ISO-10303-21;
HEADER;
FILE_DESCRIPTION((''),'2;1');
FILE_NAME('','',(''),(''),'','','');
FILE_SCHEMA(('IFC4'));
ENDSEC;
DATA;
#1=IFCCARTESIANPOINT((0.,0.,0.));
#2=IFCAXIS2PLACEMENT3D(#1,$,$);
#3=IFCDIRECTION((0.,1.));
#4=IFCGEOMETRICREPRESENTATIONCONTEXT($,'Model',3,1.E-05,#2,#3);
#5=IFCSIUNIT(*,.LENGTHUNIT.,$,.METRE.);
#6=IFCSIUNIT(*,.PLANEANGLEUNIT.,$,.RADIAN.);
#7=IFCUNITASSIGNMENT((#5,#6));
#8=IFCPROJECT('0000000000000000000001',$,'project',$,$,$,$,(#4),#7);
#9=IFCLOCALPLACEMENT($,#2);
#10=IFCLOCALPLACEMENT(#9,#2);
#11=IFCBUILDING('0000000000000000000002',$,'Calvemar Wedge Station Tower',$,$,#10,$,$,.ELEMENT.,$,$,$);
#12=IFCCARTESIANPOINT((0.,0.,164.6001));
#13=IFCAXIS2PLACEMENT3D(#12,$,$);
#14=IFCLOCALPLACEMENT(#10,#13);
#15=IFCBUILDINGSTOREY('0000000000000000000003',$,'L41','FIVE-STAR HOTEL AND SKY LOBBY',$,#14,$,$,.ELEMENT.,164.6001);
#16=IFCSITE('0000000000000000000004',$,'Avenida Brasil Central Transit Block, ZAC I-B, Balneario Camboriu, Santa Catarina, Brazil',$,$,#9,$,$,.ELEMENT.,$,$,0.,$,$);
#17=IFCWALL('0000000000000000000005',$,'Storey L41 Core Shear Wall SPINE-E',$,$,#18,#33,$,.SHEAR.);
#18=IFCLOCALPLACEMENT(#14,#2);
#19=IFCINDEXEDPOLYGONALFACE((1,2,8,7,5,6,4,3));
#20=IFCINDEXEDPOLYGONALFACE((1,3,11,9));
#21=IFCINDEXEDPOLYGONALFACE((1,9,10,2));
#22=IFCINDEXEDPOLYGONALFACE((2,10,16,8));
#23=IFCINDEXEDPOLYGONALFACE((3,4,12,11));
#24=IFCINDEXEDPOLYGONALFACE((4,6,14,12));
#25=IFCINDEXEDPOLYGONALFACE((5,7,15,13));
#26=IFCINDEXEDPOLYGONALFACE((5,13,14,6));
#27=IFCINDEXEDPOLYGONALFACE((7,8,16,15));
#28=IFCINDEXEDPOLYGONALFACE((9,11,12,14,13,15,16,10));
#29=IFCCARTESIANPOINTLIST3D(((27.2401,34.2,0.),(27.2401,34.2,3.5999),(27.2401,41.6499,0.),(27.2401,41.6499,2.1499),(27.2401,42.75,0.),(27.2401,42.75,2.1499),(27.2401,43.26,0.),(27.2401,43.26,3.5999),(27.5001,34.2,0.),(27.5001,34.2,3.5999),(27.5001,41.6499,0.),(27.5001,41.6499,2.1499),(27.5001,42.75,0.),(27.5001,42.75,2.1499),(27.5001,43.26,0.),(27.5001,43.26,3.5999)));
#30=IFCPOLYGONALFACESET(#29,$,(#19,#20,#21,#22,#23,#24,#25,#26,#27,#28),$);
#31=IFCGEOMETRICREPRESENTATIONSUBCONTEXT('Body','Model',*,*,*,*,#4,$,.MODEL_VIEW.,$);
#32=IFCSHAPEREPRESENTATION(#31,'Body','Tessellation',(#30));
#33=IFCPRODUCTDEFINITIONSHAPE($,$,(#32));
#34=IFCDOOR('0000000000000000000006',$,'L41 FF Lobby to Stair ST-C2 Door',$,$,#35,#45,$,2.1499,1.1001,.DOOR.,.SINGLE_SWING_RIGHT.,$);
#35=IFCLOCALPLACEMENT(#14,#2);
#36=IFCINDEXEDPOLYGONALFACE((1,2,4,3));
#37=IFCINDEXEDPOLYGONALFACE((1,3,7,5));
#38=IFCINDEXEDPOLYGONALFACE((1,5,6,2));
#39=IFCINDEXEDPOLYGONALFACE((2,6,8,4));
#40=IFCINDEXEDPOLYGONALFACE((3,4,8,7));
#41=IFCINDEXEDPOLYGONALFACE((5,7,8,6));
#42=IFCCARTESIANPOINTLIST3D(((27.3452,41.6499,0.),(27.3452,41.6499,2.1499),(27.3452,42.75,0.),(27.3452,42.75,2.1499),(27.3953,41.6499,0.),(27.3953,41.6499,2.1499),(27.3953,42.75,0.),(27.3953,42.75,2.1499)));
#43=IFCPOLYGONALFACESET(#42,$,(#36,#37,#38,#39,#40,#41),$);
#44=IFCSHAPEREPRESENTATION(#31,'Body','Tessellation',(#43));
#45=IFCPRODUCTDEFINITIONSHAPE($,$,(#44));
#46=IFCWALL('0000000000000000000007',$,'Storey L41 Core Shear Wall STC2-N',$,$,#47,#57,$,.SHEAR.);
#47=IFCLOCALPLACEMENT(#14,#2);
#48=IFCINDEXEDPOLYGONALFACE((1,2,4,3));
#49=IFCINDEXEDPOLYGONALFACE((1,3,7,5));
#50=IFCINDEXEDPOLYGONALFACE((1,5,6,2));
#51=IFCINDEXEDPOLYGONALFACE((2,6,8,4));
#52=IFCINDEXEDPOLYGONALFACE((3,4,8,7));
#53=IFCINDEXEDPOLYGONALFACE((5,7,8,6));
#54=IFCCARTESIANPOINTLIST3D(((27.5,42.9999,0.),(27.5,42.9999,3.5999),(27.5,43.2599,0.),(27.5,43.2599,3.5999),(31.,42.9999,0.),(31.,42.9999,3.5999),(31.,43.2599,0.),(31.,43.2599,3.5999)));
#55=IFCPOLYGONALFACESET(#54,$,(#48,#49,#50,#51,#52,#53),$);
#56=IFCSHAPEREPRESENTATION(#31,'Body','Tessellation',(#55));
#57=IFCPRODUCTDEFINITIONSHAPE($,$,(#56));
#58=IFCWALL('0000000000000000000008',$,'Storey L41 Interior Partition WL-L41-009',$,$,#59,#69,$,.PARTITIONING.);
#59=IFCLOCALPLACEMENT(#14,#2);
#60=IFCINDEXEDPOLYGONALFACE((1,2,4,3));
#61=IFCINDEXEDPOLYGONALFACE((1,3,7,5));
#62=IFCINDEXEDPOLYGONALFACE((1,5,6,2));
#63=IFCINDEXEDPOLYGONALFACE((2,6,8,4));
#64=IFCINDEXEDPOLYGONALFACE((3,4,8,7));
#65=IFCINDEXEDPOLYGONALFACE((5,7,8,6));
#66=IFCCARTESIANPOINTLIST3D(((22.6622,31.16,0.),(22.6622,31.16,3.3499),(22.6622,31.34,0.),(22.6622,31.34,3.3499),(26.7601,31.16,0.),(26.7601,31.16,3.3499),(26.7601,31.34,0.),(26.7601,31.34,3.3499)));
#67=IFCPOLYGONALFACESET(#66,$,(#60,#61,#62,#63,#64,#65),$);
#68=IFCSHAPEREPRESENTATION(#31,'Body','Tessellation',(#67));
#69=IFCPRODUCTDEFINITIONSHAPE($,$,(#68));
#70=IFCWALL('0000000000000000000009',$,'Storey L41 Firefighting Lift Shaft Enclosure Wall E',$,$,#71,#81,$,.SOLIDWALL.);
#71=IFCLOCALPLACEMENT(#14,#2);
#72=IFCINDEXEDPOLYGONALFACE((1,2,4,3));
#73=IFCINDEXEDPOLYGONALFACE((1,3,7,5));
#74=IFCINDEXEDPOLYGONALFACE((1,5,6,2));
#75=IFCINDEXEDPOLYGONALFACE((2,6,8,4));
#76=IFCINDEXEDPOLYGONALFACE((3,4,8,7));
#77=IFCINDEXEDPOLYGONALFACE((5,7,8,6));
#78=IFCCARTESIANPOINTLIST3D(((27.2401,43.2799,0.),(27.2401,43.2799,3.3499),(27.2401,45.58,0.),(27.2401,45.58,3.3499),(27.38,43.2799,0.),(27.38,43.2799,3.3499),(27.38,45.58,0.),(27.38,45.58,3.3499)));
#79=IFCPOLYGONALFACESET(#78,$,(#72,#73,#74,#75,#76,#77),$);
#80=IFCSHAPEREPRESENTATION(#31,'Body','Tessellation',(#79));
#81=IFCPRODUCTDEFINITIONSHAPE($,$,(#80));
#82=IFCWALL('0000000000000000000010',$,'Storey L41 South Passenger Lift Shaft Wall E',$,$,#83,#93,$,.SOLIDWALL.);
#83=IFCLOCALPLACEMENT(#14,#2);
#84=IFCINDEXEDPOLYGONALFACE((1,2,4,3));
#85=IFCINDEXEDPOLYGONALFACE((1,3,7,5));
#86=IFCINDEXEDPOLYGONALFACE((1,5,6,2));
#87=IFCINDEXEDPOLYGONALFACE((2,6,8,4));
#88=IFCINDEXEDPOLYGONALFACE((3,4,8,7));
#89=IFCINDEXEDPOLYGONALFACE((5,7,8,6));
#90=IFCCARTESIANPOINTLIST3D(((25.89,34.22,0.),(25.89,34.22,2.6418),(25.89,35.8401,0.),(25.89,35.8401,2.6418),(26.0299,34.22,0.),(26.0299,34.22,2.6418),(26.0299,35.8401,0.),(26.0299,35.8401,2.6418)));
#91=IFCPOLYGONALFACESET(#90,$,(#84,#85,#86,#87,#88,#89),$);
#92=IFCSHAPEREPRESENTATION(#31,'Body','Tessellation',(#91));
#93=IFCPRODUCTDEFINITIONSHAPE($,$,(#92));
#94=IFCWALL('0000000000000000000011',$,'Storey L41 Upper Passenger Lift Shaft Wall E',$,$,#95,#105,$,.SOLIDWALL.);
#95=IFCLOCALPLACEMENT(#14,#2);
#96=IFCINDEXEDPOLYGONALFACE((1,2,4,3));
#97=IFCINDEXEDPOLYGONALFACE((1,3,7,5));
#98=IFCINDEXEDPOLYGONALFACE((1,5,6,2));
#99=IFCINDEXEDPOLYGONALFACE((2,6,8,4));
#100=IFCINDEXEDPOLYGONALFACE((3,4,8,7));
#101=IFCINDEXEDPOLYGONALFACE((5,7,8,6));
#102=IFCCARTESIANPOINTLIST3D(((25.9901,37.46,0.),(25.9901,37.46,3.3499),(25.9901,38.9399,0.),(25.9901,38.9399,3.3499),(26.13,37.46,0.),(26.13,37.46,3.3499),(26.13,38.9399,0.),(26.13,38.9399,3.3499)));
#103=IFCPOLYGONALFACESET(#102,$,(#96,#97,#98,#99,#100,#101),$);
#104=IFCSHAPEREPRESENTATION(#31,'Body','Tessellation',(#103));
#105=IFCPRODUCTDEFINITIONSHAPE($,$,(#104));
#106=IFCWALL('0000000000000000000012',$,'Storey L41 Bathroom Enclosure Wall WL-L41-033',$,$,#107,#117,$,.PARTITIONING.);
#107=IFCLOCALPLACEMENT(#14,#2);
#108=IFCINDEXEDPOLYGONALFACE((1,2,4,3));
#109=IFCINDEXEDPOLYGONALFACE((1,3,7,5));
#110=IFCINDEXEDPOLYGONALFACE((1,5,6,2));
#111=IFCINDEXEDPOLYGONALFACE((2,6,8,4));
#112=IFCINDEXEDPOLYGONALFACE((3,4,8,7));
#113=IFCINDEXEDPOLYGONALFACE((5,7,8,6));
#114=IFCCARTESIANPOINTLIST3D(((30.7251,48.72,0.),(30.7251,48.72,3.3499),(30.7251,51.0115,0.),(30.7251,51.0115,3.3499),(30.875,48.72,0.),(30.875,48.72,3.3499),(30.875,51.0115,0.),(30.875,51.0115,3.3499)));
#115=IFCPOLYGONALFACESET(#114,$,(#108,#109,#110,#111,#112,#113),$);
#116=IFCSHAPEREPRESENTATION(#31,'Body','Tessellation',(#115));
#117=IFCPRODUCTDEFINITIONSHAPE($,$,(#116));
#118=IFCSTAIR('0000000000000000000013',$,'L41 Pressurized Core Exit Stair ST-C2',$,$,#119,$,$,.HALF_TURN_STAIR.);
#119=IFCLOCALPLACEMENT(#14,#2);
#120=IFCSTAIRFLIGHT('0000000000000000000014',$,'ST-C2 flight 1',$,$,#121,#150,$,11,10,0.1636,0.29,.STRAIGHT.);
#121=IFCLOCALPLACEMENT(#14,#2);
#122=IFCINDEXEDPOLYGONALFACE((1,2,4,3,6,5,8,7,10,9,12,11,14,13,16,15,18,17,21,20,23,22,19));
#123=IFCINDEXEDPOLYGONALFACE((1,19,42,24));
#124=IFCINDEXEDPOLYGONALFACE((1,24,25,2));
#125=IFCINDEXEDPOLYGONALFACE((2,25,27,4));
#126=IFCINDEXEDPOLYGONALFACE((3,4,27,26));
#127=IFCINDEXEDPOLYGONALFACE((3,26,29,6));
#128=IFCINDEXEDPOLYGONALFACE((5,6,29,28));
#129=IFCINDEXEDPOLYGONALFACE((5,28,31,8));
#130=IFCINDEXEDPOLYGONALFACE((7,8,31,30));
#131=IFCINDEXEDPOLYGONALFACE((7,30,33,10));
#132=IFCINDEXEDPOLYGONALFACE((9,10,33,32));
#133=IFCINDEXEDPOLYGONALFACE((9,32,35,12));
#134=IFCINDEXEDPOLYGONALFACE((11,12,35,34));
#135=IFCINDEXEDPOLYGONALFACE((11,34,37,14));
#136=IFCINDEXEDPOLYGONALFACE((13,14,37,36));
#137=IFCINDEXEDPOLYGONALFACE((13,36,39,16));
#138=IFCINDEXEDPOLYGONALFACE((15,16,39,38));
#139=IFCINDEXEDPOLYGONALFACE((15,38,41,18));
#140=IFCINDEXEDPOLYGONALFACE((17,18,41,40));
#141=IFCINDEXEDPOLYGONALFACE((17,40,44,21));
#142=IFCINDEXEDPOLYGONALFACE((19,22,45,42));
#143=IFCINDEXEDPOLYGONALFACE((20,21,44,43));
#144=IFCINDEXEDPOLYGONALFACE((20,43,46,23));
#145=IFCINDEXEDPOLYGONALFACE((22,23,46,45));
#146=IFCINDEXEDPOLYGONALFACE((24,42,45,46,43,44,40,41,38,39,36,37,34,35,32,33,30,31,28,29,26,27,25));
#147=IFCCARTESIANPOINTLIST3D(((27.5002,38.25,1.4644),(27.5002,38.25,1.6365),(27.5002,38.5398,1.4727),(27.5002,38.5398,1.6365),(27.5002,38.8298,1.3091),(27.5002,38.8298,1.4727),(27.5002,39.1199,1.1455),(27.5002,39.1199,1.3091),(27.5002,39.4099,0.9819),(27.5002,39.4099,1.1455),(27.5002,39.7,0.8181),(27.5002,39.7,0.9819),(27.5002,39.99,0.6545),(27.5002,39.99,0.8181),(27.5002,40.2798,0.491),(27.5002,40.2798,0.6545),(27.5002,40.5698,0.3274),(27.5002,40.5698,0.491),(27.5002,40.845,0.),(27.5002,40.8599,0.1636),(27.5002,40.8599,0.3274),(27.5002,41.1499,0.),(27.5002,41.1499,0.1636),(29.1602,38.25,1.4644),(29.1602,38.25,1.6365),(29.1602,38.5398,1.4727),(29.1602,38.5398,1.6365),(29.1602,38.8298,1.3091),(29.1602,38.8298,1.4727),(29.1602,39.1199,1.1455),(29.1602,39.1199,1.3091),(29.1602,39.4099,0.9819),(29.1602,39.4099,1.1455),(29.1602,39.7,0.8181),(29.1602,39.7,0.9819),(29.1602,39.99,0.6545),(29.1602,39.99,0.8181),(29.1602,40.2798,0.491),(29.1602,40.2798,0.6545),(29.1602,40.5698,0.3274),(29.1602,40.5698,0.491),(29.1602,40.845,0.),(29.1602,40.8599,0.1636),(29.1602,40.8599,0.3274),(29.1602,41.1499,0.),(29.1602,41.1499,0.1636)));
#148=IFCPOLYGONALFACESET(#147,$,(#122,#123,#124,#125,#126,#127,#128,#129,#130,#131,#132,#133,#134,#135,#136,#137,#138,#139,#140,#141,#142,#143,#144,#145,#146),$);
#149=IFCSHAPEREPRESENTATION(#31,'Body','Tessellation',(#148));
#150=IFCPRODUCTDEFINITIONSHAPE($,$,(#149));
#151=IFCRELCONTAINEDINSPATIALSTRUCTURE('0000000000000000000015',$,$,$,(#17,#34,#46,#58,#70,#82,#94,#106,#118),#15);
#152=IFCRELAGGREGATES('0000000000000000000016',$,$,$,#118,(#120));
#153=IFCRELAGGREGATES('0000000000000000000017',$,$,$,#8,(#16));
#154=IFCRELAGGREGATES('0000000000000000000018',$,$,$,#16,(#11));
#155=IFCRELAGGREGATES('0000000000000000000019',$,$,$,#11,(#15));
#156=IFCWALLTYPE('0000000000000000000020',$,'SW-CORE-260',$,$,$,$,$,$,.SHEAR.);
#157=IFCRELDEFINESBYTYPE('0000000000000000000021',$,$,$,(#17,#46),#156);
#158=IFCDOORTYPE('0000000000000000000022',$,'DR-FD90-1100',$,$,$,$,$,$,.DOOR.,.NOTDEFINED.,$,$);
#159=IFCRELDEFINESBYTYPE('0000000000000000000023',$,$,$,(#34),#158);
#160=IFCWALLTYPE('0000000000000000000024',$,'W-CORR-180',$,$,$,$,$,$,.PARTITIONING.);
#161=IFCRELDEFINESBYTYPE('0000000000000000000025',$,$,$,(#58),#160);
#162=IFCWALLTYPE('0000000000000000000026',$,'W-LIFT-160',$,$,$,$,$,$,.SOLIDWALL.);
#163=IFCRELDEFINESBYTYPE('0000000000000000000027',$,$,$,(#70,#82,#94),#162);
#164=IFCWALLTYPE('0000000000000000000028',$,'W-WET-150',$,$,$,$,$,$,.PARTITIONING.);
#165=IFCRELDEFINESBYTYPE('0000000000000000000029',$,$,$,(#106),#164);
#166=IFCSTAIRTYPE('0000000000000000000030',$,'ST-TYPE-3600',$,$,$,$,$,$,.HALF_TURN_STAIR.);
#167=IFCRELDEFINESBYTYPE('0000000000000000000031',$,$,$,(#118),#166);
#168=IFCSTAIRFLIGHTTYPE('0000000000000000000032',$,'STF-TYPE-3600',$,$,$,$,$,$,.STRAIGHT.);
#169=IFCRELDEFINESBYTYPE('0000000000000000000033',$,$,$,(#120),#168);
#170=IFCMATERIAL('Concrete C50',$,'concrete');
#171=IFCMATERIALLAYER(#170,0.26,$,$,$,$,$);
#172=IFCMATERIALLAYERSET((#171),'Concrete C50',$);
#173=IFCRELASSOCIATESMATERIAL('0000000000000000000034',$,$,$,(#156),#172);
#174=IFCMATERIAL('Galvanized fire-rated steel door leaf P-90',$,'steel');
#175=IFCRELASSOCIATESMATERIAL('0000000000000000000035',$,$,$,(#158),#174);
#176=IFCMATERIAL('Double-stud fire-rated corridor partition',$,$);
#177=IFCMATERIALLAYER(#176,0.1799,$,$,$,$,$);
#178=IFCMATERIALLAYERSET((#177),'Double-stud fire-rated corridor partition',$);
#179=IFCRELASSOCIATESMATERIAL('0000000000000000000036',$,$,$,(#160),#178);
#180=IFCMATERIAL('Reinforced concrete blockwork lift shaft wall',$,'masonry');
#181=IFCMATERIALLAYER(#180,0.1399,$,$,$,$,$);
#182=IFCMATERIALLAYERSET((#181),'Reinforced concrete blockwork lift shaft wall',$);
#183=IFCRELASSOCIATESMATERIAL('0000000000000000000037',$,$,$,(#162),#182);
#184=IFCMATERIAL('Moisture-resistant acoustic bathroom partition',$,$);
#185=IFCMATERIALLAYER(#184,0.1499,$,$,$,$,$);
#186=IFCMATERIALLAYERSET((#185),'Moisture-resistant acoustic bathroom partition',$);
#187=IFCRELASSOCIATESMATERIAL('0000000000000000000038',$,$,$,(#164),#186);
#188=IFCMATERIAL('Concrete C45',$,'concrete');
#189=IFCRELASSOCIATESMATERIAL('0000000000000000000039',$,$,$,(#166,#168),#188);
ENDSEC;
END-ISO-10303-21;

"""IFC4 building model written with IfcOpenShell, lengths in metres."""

from ifc_helpers import new_model, si_unit, direction, frame, frame_2d, origin, place, context, subcontext, project, spatial, polyline, rectangle, outline, extrude, source, transform, mapped, material, layer, layer_set, type_object, element, fill, aggregate, save


model = new_model("IFC4")

# Units and contexts
model_context = context("Model", 3, precision=1e-05, world=origin(), true_north=direction((0.0, 1.0)))
body_context = subcontext(model_context, "Body", "Model", "MODEL_VIEW")
ifc_project = project(units=[si_unit("LENGTHUNIT", "METRE"), si_unit("PLANEANGLEUNIT", "RADIAN")], contexts=[model_context])

# Site, building, storey
site_placement = place(None, origin())
site = spatial("IfcSite", under=ifc_project, at=site_placement, Name="Avenida Brasil Central Transit Block, ZAC I-B, Balneario Camboriu, Santa Catarina, Brazil", CompositionType="ELEMENT", RefElevation=0.0)
building_placement = place(site_placement, origin())
building = spatial("IfcBuilding", under=site, at=building_placement, Name="Calvemar Wedge Station Tower", CompositionType="ELEMENT")
storey_placement = place(building_placement, frame((0.0, 0.0, 164.6001)))
storey = spatial("IfcBuildingStorey", under=building, at=storey_placement, Name="L41", Description="FIVE-STAR HOTEL AND SKY LOBBY", CompositionType="ELEMENT", Elevation=164.6001)

# Wall, opening, door
ifc_material_1 = material(Name="Concrete C50", Category="concrete")
ifc_layer_1 = layer(ifc_material_1, 0.26)
ifc_layer_set_1 = layer_set([ifc_layer_1], Name="Concrete C50")
wall_type_1 = type_object("IfcWallType", Name="SW-CORE-260", PredefinedType="SHEAR", material=ifc_layer_set_1)
wall_1_placement = place(storey_placement, frame((27.3701, 34.2, 0.0), z_axis=(0.0, 0.0, 1.0), x_axis=(0.0, 1.0, 0.0)))
wall_1 = element("IfcWall", 1, at=wall_1_placement, inside=storey, type_object=wall_type_1, Name="Storey L41 Core Shear Wall SPINE-E", PredefinedType="SHEAR", context=body_context, shape_type="SweptSolid", body=[
    extrude(rectangle(XDim=9.0601, YDim=0.26, at=frame_2d((4.53, 0.0))), origin(), (0.0, 0.0, 1.0), 3.5999),
])
shared_shape_1 = source(origin(), body_context, "Body", "SweptSolid", [
    extrude(rectangle(XDim=1.1001, YDim=2.1499, at=frame_2d((0.55, 1.075))), frame((0.0, 0.1401, 0.0), z_axis=(0.0, -1.0, 0.0), x_axis=(1.0, 0.0, 0.0)), (0.0, 0.0, 1.0), 0.28),
])
opening_1_placement = place(wall_1_placement, frame((7.45, 0.0, 0.0)))
opening_1 = element("IfcOpeningElement", 2, at=opening_1_placement, cuts=wall_1, PredefinedType="OPENING", context=body_context, shape_type="MappedRepresentation", body=[
    mapped(shared_shape_1, transform((0.0, 0.0, 0.0), scale=1.0)),
])
ifc_material_2 = material(Name="Galvanized fire-rated steel door leaf P-90", Category="steel")
door_type_1 = type_object("IfcDoorType", Name="DR-FD90-1100", OperationType="NOTDEFINED", PredefinedType="DOOR", material=ifc_material_2)
shared_shape_2 = source(origin(), body_context, "Body", "SweptSolid", [
    extrude(rectangle(XDim=1.1001, YDim=2.1499, at=frame_2d((0.55, 1.075))), frame((0.0, 0.0249, 0.0), z_axis=(0.0, -1.0, 0.0), x_axis=(1.0, 0.0, 0.0)), (0.0, 0.0, 1.0), 0.05),
])
door_1_placement = place(opening_1_placement, origin())
door_1 = element("IfcDoor", 3, at=door_1_placement, inside=storey, type_object=door_type_1, Name="L41 FF Lobby to Stair ST-C2 Door", OperationType="SINGLE_SWING_RIGHT", OverallHeight=2.1499, OverallWidth=1.1001, PredefinedType="DOOR", context=body_context, shape_type="MappedRepresentation", body=[
    mapped(shared_shape_2, transform((0.0, 0.0, 0.0), scale=1.0)),
])
fill(opening_1, door_1)

# Wall
wall_2_placement = place(storey_placement, frame((27.5, 43.1299, 0.0), z_axis=(0.0, 0.0, 1.0), x_axis=(1.0, 0.0, 0.0)))
element("IfcWall", 4, at=wall_2_placement, inside=storey, type_object=wall_type_1, Name="Storey L41 Core Shear Wall STC2-N", PredefinedType="SHEAR", context=body_context, shape_type="SweptSolid", body=[
    extrude(rectangle(XDim=3.5, YDim=0.26, at=frame_2d((1.75, 0.0))), origin(), (0.0, 0.0, 1.0), 3.5999),
])

# Shared definitions
ifc_material_3 = material(Name="Double-stud fire-rated corridor partition")
ifc_layer_2 = layer(ifc_material_3, 0.1799)
ifc_layer_set_2 = layer_set([ifc_layer_2], Name="Double-stud fire-rated corridor partition")
wall_type_2 = type_object("IfcWallType", Name="W-CORR-180", PredefinedType="PARTITIONING", material=ifc_layer_set_2)

# Walls
wall_3_placement = place(storey_placement, frame((26.76, 31.25, 0.0), z_axis=(0.0, 0.0, 1.0), x_axis=(-1.0, 0.0, 0.0)))
element("IfcWall", 5, at=wall_3_placement, inside=storey, type_object=wall_type_2, Name="Storey L41 Interior Partition WL-L41-009", PredefinedType="PARTITIONING", context=body_context, shape_type="SweptSolid", body=[
    extrude(rectangle(XDim=4.0979, YDim=0.1799, at=frame_2d((2.0488, 0.0))), origin(), (0.0, 0.0, 1.0), 3.3499),
])
ifc_material_4 = material(Name="Reinforced concrete blockwork lift shaft wall", Category="masonry")
ifc_layer_3 = layer(ifc_material_4, 0.1399)
ifc_layer_set_3 = layer_set([ifc_layer_3], Name="Reinforced concrete blockwork lift shaft wall")
wall_type_3 = type_object("IfcWallType", Name="W-LIFT-160", PredefinedType="SOLIDWALL", material=ifc_layer_set_3)
wall_4_placement = place(storey_placement, frame((27.3101, 43.28, 0.0), z_axis=(0.0, 0.0, 1.0), x_axis=(0.0, 1.0, 0.0)))
element("IfcWall", 6, at=wall_4_placement, inside=storey, type_object=wall_type_3, Name="Storey L41 Firefighting Lift Shaft Enclosure Wall E", PredefinedType="SOLIDWALL", context=body_context, shape_type="SweptSolid", body=[
    extrude(rectangle(XDim=2.3, YDim=0.1399, at=frame_2d((1.1499, 0.0))), origin(), (0.0, 0.0, 1.0), 3.3499),
])
wall_5_placement = place(storey_placement, frame((25.96, 34.22, 0.0), z_axis=(0.0, 0.0, 1.0), x_axis=(0.0, 1.0, 0.0)))
element("IfcWall", 7, at=wall_5_placement, inside=storey, type_object=wall_type_3, Name="Storey L41 South Passenger Lift Shaft Wall E", PredefinedType="SOLIDWALL", context=body_context, shape_type="SweptSolid", body=[
    extrude(rectangle(XDim=1.6201, YDim=0.1399, at=frame_2d((0.8101, 0.0))), origin(), (0.0, 0.0, 1.0), 2.6418),
])
wall_6_placement = place(storey_placement, frame((26.0601, 37.46, 0.0), z_axis=(0.0, 0.0, 1.0), x_axis=(0.0, 1.0, 0.0)))
element("IfcWall", 8, at=wall_6_placement, inside=storey, type_object=wall_type_3, Name="Storey L41 Upper Passenger Lift Shaft Wall E", PredefinedType="SOLIDWALL", context=body_context, shape_type="SweptSolid", body=[
    extrude(rectangle(XDim=1.48, YDim=0.1399, at=frame_2d((0.74, 0.0))), origin(), (0.0, 0.0, 1.0), 3.3499),
])
ifc_material_5 = material(Name="Moisture-resistant acoustic bathroom partition")
ifc_layer_4 = layer(ifc_material_5, 0.1499)
ifc_layer_set_4 = layer_set([ifc_layer_4], Name="Moisture-resistant acoustic bathroom partition")
wall_type_4 = type_object("IfcWallType", Name="W-WET-150", PredefinedType="PARTITIONING", material=ifc_layer_set_4)
wall_7_placement = place(storey_placement, frame((30.8, 51.0115, 0.0), z_axis=(0.0, 0.0, 1.0), x_axis=(0.0, -1.0, 0.0)))
element("IfcWall", 9, at=wall_7_placement, inside=storey, type_object=wall_type_4, Name="Storey L41 Bathroom Enclosure Wall WL-L41-033", PredefinedType="PARTITIONING", context=body_context, shape_type="SweptSolid", body=[
    extrude(rectangle(XDim=2.2915, YDim=0.1499, at=frame_2d((1.1458, 0.0))), origin(), (0.0, 0.0, 1.0), 3.3499),
])

# Stair, stair flight
ifc_material_6 = material(Name="Concrete C45", Category="concrete")
stair_type = type_object("IfcStairType", Name="ST-TYPE-3600", PredefinedType="HALF_TURN_STAIR", material=ifc_material_6)
stair_placement = place(storey_placement, origin())
stair = element("IfcStair", 10, at=stair_placement, inside=storey, type_object=stair_type, Name="L41 Pressurized Core Exit Stair ST-C2", PredefinedType="HALF_TURN_STAIR")
stair_flight_type = type_object("IfcStairFlightType", Name="STF-TYPE-3600", PredefinedType="STRAIGHT", material=ifc_material_6)
stair_flight_1_placement = place(storey_placement, frame((28.3301, 41.1499, 0.0), z_axis=(0.0, 0.0, 1.0), x_axis=(0.0, -1.0, 0.0)))
stair_flight_1 = element("IfcStairFlight", 11, at=stair_flight_1_placement, type_object=stair_flight_type, Name="ST-C2 flight 1", NumberOfRisers=11, NumberOfTreads=10, PredefinedType="STRAIGHT", RiserHeight=0.1636, TreadLength=0.29, context=body_context, shape_type="SweptSolid", body=[
    extrude(outline(polyline([(0.0, 0.0), (0.0, 0.1636), (0.29, 0.1636), (0.29, 0.3274), (0.5801, 0.3274), (0.5801, 0.491), (0.8701, 0.491), (0.8701, 0.6545), (1.1599, 0.6545), (1.1599, 0.8181), (1.45, 0.8181), (1.45, 0.9819), (1.74, 0.9819), (1.74, 1.1455), (2.03, 1.1455), (2.03, 1.3091), (2.3201, 1.3091), (2.3201, 1.4727), (2.6101, 1.4727), (2.6101, 1.6365), (2.8999, 1.6365), (2.8999, 1.8), (2.8999, 1.4644), (0.3049, 0.0), (0.0, 0.0)])), frame((0.0, 0.8301, 0.0), z_axis=(0.0, -1.0, 0.0), x_axis=(1.0, 0.0, 0.0)), (0.0, 0.0, 1.0), 1.6599),
])
aggregate(stair, [stair_flight_1])

save(model, "model.ifc")
